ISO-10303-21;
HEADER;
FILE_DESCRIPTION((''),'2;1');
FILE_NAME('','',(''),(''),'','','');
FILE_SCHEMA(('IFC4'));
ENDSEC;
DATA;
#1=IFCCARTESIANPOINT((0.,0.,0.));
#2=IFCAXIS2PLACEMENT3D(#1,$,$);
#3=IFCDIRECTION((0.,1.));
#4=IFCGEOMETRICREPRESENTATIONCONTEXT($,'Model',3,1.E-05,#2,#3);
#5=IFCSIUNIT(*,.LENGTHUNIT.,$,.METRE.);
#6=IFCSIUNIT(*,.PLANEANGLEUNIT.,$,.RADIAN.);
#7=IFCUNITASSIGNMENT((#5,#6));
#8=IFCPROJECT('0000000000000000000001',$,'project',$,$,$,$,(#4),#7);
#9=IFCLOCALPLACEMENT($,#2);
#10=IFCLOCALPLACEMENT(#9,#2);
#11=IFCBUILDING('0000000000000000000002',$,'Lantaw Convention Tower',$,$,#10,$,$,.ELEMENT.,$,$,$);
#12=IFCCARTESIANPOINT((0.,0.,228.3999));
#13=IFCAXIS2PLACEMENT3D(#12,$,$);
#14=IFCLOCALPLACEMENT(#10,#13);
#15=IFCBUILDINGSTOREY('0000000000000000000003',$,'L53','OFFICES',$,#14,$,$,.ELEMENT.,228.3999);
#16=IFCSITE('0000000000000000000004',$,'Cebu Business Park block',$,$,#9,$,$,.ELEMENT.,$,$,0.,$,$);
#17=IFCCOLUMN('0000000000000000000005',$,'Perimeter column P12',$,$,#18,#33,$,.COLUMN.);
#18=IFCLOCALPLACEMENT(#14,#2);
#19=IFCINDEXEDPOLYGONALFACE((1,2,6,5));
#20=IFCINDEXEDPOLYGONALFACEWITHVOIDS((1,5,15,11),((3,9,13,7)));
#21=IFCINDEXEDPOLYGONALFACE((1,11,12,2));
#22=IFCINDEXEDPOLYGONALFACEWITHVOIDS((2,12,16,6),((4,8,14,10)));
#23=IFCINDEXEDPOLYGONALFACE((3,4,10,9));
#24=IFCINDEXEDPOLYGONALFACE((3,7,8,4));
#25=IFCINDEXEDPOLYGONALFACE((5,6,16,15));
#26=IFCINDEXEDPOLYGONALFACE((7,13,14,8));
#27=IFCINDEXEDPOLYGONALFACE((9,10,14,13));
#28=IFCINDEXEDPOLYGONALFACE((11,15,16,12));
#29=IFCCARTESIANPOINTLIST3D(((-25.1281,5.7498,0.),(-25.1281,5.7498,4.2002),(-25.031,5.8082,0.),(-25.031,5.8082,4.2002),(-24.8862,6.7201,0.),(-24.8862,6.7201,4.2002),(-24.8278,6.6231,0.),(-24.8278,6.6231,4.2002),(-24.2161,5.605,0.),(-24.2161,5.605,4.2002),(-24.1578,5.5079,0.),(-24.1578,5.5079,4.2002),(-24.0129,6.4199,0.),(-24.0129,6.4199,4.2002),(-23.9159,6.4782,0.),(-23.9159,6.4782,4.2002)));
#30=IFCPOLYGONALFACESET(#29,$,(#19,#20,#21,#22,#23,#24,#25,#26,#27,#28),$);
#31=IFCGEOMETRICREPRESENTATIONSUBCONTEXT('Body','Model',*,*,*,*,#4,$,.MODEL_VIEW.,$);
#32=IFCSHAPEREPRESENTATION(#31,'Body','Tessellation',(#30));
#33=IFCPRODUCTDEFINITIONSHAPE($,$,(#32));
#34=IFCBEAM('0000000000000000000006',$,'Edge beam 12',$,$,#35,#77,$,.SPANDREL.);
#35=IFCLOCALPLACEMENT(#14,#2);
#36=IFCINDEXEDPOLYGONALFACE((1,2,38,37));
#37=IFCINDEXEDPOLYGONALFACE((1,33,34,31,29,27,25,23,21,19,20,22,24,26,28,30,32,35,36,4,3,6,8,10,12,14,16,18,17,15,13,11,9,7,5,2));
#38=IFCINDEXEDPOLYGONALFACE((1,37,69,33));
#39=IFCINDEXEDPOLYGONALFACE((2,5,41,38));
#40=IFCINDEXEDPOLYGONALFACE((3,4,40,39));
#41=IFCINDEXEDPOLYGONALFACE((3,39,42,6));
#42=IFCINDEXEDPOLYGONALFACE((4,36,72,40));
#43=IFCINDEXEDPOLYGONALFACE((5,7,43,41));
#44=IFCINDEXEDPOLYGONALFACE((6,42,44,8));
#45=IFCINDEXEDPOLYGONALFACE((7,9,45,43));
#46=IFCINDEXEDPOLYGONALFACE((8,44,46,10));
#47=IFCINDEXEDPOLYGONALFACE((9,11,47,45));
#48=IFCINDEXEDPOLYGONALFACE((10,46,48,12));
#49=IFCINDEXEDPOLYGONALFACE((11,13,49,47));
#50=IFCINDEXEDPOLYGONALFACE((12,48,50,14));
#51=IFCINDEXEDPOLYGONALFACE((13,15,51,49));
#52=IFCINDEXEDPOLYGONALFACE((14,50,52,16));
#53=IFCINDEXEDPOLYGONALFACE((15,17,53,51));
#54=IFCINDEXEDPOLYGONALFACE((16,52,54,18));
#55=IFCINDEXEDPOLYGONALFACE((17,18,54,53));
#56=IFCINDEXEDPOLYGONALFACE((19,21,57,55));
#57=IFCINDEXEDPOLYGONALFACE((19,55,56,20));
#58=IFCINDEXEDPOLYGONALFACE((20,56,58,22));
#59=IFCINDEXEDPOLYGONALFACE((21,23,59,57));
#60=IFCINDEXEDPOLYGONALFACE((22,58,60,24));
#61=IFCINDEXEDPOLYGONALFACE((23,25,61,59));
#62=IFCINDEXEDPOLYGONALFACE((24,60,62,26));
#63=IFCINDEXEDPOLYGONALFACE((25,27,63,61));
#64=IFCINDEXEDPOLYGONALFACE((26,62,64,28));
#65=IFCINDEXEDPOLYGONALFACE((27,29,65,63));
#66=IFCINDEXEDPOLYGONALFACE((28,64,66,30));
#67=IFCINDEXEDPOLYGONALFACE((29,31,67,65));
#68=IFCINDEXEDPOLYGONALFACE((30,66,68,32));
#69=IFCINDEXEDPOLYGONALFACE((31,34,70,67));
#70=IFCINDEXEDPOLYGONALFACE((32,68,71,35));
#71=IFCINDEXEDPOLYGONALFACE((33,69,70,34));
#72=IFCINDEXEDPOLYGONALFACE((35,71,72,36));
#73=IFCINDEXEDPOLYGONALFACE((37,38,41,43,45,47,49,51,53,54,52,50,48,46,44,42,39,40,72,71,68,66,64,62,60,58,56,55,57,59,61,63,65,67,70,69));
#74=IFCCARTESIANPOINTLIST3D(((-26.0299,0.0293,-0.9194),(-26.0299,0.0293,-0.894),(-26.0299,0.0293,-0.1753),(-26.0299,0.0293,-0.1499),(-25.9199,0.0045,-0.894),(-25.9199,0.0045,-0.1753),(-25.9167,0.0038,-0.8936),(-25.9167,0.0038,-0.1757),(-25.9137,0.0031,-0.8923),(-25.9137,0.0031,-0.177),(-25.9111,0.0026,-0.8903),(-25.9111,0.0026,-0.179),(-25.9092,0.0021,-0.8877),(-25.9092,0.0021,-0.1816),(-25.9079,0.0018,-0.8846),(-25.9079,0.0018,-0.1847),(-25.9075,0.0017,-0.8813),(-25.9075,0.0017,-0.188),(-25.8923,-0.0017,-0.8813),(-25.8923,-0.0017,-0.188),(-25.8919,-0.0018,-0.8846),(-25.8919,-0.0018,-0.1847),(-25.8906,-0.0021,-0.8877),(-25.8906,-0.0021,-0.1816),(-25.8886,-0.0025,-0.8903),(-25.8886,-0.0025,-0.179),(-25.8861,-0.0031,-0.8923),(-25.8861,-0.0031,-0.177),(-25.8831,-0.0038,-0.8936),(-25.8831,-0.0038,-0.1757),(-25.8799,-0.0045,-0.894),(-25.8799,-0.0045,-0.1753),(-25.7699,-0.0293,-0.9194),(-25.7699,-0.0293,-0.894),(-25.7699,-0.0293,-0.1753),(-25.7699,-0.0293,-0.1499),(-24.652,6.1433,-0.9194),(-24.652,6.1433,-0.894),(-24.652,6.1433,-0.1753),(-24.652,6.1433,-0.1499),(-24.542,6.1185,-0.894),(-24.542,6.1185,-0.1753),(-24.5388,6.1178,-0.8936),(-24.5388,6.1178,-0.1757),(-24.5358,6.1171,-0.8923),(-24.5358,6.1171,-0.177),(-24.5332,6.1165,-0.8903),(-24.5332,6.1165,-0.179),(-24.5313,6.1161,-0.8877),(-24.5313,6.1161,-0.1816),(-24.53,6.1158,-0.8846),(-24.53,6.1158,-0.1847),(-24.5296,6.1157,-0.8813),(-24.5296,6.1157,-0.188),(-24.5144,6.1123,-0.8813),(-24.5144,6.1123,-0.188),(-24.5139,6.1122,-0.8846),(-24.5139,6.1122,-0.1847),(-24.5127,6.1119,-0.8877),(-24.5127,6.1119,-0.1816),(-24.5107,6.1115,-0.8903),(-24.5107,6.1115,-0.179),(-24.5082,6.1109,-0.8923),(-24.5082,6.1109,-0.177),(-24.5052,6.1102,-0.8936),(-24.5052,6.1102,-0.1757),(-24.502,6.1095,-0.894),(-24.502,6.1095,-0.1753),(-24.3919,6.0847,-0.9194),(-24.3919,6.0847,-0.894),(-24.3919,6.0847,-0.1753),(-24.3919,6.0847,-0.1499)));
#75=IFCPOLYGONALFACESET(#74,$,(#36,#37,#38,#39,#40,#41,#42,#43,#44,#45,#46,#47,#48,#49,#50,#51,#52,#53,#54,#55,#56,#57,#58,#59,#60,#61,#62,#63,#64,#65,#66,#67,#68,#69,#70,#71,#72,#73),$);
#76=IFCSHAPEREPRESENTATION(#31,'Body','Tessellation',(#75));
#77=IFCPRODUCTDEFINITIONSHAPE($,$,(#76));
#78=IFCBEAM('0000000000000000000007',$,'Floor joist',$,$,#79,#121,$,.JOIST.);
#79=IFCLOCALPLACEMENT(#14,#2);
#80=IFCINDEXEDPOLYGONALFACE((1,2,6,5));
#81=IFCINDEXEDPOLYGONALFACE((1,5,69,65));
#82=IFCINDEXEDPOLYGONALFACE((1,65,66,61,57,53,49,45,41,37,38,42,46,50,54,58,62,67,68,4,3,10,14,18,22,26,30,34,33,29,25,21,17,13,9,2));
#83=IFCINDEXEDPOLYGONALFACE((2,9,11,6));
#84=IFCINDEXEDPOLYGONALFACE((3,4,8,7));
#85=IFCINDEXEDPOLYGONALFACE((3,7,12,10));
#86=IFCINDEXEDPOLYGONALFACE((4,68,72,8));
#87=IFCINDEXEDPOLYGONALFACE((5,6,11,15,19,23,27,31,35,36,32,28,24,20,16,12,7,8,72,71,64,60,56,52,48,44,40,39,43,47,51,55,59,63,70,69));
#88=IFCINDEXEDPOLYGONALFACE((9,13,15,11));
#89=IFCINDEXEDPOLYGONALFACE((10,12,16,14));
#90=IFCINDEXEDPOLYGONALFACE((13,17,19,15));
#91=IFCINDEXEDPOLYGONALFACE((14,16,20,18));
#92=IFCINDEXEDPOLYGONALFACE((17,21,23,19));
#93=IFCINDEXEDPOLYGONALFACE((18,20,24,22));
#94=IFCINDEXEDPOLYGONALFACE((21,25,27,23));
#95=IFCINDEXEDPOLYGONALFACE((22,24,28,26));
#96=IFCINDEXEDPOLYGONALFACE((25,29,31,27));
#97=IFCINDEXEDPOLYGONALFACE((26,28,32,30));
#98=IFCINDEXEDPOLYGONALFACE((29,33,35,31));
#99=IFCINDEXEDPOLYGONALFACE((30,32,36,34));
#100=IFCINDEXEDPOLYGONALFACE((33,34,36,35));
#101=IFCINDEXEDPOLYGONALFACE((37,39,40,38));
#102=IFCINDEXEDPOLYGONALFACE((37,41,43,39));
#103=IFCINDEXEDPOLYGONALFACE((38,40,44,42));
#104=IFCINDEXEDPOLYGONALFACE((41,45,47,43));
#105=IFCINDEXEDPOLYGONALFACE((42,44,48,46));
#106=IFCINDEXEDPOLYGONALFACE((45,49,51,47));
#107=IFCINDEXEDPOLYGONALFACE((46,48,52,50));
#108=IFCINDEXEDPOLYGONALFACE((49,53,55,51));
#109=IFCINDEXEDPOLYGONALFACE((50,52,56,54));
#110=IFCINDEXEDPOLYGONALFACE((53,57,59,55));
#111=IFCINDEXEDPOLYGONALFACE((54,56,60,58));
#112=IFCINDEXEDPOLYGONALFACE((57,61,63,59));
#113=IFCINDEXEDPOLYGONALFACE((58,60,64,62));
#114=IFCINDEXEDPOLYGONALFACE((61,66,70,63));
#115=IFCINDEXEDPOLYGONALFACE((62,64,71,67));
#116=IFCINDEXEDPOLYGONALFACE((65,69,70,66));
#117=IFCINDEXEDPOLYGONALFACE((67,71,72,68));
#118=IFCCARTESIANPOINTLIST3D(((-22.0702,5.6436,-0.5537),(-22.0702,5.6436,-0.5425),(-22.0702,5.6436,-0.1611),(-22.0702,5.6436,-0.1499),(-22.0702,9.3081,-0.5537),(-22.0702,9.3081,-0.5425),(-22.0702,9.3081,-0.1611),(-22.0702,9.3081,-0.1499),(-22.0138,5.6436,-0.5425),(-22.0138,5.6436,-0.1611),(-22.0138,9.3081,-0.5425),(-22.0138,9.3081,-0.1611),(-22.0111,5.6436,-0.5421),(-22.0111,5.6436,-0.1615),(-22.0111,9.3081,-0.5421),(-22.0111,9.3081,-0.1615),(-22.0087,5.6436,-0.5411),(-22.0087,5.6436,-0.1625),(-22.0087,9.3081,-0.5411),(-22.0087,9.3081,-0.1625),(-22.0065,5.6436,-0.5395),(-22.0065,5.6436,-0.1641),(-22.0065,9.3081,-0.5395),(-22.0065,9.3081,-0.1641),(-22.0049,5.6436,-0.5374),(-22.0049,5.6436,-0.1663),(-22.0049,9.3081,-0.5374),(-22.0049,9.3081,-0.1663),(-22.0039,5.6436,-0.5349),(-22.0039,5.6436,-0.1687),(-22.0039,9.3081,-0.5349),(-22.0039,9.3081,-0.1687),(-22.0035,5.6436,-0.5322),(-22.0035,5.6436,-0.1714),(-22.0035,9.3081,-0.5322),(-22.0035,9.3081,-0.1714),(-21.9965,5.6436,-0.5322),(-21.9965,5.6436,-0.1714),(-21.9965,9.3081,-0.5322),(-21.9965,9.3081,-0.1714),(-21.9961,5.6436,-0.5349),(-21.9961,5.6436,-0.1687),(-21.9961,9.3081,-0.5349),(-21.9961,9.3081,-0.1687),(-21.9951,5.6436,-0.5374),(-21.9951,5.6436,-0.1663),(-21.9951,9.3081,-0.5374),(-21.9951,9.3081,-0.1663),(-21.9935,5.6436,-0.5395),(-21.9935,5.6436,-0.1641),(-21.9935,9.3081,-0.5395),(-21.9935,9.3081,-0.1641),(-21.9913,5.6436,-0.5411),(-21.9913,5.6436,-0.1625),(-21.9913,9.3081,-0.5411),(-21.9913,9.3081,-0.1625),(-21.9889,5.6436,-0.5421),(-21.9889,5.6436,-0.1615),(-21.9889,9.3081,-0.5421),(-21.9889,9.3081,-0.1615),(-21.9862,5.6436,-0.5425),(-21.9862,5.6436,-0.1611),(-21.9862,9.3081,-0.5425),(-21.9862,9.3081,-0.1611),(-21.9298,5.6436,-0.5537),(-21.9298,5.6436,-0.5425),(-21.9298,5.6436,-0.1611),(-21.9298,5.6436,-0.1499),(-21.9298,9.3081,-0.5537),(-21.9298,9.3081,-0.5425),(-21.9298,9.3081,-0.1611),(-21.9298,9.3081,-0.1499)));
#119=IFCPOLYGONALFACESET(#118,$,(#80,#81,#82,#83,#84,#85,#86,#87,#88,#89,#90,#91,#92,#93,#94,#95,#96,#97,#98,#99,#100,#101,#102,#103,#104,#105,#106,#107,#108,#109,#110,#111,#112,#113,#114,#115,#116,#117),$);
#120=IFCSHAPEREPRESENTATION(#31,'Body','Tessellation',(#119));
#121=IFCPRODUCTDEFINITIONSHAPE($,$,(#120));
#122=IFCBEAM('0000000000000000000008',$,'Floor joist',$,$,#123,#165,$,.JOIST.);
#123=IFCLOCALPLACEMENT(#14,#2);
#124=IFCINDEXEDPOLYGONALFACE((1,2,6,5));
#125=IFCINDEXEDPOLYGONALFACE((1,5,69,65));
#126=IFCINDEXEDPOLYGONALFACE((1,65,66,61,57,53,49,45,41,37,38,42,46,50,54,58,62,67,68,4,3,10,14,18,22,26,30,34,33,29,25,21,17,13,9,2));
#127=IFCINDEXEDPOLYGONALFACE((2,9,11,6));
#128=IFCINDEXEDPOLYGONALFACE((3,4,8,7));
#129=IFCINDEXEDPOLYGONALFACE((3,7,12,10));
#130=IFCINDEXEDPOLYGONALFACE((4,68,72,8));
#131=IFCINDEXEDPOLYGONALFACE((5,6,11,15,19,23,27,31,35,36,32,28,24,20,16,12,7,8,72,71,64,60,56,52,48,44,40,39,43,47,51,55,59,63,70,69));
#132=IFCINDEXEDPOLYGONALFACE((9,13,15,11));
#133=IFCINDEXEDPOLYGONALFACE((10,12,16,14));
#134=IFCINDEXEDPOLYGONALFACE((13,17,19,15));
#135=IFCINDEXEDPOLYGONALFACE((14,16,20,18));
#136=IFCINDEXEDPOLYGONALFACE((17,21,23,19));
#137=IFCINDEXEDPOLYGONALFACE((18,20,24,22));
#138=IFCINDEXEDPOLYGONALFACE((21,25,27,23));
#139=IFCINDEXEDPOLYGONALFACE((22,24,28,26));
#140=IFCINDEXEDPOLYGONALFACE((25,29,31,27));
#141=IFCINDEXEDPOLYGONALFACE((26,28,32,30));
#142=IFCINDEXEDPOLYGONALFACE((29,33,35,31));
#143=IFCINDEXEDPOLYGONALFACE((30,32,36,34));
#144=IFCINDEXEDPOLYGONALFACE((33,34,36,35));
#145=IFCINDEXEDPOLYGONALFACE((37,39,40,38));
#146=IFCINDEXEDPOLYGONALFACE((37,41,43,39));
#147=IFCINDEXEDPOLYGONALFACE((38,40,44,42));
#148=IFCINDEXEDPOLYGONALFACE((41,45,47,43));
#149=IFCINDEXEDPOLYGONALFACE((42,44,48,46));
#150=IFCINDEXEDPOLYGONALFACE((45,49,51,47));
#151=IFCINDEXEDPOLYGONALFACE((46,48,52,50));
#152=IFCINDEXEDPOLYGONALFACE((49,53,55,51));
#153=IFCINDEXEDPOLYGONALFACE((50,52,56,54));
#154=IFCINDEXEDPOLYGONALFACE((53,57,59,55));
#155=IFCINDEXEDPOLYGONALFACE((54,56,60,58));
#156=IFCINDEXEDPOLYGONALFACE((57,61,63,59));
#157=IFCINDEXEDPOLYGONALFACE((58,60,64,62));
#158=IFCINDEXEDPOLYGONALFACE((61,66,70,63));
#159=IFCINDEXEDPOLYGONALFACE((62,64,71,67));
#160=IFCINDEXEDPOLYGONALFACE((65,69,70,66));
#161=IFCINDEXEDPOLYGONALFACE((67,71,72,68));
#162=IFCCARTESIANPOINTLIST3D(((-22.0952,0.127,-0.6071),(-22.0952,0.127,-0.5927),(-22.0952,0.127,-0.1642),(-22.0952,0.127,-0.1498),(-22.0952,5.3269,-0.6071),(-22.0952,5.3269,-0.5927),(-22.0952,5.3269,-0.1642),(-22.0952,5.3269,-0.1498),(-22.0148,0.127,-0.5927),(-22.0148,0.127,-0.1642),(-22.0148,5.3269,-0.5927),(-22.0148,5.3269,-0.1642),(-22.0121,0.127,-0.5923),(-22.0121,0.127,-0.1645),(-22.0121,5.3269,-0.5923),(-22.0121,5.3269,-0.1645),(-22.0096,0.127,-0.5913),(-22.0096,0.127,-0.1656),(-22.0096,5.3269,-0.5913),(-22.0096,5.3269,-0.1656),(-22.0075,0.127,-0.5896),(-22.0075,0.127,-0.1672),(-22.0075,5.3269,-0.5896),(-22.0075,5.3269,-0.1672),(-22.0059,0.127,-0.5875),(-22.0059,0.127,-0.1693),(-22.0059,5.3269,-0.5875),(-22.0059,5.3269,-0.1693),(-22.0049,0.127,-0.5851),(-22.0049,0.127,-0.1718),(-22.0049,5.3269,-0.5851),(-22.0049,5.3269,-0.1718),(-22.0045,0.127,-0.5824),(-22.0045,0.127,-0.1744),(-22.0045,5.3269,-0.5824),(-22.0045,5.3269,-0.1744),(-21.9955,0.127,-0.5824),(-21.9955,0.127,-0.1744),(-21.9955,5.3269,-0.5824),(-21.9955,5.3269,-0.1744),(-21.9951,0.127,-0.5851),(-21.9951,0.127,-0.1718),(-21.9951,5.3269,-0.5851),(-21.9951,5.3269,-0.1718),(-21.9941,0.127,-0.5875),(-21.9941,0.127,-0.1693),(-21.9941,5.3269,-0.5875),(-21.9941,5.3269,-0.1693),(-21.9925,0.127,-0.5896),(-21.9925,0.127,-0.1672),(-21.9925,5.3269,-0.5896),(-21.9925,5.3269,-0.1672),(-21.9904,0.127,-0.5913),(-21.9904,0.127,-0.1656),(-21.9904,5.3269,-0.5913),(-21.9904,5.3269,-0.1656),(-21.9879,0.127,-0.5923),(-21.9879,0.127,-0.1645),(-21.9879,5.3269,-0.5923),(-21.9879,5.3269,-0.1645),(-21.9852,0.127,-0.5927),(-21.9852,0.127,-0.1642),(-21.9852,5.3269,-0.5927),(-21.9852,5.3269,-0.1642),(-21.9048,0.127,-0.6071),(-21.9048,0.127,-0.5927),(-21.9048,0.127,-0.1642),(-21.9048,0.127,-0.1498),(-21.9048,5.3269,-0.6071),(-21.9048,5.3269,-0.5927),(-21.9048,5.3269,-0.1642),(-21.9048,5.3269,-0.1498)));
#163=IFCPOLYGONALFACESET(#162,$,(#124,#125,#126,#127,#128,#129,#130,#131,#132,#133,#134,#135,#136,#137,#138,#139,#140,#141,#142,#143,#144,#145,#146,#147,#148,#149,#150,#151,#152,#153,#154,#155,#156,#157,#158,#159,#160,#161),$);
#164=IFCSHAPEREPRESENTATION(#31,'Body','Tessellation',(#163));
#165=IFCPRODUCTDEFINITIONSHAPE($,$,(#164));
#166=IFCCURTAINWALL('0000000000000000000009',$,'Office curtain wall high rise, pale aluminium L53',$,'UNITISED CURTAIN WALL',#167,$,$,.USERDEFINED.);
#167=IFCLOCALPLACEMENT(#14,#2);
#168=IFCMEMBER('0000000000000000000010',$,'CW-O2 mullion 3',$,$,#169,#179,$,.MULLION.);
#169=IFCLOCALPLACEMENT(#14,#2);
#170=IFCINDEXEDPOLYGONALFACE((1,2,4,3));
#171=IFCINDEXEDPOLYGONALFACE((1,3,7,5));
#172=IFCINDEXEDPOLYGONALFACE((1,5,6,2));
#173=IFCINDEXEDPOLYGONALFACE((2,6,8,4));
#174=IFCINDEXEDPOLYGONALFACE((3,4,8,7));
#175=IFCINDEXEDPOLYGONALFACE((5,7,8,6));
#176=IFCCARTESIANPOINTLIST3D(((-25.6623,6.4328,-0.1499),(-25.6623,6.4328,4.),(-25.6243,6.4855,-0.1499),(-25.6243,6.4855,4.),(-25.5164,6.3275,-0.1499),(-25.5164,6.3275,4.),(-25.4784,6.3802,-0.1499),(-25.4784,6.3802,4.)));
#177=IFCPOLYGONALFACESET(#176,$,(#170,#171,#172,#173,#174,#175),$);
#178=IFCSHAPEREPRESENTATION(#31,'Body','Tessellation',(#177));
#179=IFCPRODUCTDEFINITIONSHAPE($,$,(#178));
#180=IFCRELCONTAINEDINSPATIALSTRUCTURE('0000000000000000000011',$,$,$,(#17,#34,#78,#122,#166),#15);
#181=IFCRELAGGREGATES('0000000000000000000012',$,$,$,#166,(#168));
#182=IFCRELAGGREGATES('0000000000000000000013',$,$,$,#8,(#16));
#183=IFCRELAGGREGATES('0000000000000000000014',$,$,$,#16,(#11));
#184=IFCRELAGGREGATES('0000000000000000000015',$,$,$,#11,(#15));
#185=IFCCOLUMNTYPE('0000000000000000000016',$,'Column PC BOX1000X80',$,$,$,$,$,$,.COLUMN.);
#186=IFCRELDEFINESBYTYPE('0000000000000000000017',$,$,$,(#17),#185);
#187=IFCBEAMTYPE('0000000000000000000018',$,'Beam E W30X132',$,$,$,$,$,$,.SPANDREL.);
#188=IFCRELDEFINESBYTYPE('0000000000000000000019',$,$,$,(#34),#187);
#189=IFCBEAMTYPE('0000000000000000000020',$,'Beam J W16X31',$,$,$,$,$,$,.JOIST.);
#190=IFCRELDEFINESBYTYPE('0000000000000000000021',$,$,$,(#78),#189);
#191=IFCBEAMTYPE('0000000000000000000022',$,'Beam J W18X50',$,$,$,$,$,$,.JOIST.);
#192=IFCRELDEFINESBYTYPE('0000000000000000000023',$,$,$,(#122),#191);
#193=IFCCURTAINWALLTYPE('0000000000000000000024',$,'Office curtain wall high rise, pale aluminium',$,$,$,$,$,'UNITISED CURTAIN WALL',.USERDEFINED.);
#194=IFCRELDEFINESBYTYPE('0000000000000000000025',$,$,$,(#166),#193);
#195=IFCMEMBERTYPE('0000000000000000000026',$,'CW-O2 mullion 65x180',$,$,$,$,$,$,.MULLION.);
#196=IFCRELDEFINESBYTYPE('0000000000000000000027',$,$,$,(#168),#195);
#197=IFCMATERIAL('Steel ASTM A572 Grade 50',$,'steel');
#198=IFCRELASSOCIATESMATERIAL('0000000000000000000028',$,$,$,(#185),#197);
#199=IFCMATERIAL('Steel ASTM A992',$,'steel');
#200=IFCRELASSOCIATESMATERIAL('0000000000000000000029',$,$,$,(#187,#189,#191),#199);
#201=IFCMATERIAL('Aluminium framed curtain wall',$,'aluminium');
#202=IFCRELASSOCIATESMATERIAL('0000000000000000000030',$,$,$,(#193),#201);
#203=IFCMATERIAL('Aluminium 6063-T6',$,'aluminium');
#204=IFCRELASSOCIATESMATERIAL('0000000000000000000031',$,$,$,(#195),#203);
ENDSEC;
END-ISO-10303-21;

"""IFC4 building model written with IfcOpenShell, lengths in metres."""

from ifc_helpers import new_model, si_unit, direction, frame, origin, origin_2d, place, context, subcontext, project, spatial, rectangle, hollow_rectangle, i_section, extrude, material, material_profile, profile_set, type_object, element, aggregate, save


model = new_model("IFC4")

# Units and contexts
model_context = context("Model", 3, precision=1e-05, world=origin(), true_north=direction((0.0, 1.0)))
body_context = subcontext(model_context, "Body", "Model", "MODEL_VIEW")
ifc_project = project(units=[si_unit("LENGTHUNIT", "METRE"), si_unit("PLANEANGLEUNIT", "RADIAN")], contexts=[model_context])

# Site, building, storey
site_placement = place(None, origin())
site = spatial("IfcSite", under=ifc_project, at=site_placement, Name="Cebu Business Park block", CompositionType="ELEMENT", RefElevation=0.0)
building_placement = place(site_placement, origin())
building = spatial("IfcBuilding", under=site, at=building_placement, Name="Lantaw Convention Tower", CompositionType="ELEMENT")
storey_placement = place(building_placement, frame((0.0, 0.0, 228.3999)))
storey = spatial("IfcBuildingStorey", under=building, at=storey_placement, Name="L53", Description="OFFICES", CompositionType="ELEMENT", Elevation=228.3999)

# Column
ifc_material_1 = material(Name="Steel ASTM A572 Grade 50", Category="steel")
ifc_material_profile_1 = material_profile(ifc_material_1, hollow_rectangle(XDim=1.0, YDim=1.0, WallThickness=0.0801, at=origin_2d()), Name="BOX1000X80")
ifc_material_2 = material(Name="Concrete C60/75", Category="concrete")
ifc_material_profile_2 = material_profile(ifc_material_2, rectangle(XDim=0.8401, YDim=0.8401, at=origin_2d()), Name="Concrete fill of BOX1000X80")
ifc_profile_set_1 = profile_set([ifc_material_profile_1, ifc_material_profile_2], Name="Steel ASTM A572 Grade 50")
column_type = type_object("IfcColumnType", Name="Column PC BOX1000X80", PredefinedType="COLUMN", material=ifc_profile_set_1)
column_placement = place(storey_placement, frame((-24.522, 6.114, 0.0), z_axis=(0.0, 0.0, 1.0), x_axis=(0.241922, 0.970296, 0.0)))
element("IfcColumn", 1, at=column_placement, inside=storey, type_object=column_type, Name="Perimeter column P12", PredefinedType="COLUMN", context=body_context, shape_type="SweptSolid", body=[
    extrude(hollow_rectangle(XDim=1.0, YDim=1.0, WallThickness=0.0801, at=origin_2d()), origin(), (0.0, 0.0, 1.0), 4.2002),
])

# Beams
ifc_material_3 = material(Name="Steel ASTM A992", Category="steel")
ifc_material_profile_3 = material_profile(ifc_material_3, i_section(OverallWidth=0.2666, OverallDepth=0.7695, WebThickness=0.0156, FlangeThickness=0.0254, FilletRadius=0.0127, at=origin_2d()), Name="W30X132")
ifc_profile_set_2 = profile_set([ifc_material_profile_3], Name="Steel ASTM A992")
beam_type_1 = type_object("IfcBeamType", Name="Beam E W30X132", PredefinedType="SPANDREL", material=ifc_profile_set_2)
beam_1_placement = place(storey_placement, frame((-24.522, 6.114, -0.5347), z_axis=(-0.219858, -0.975532, 0.0), x_axis=(0.975532, -0.219858, 0.0)))
element("IfcBeam", 2, at=beam_1_placement, inside=storey, type_object=beam_type_1, Name="Edge beam 12", PredefinedType="SPANDREL", context=body_context, shape_type="SweptSolid", body=[
    extrude(i_section(OverallWidth=0.2666, OverallDepth=0.7695, WebThickness=0.0156, FlangeThickness=0.0254, FilletRadius=0.0127, at=origin_2d()), origin(), (0.0, 0.0, 1.0), 6.2673),
])
ifc_material_profile_4 = material_profile(ifc_material_3, i_section(OverallWidth=0.1404, OverallDepth=0.4038, WebThickness=0.0071, FlangeThickness=0.0112, FilletRadius=0.0103, at=origin_2d()), Name="W16X31")
ifc_profile_set_3 = profile_set([ifc_material_profile_4], Name="Steel ASTM A992")
beam_type_2 = type_object("IfcBeamType", Name="Beam J W16X31", PredefinedType="JOIST", material=ifc_profile_set_3)
beam_2_placement = place(storey_placement, frame((-22.0, 5.6436, -0.3518), z_axis=(0.0, 1.0, 0.0), x_axis=(-1.0, 0.0, 0.0)))
element("IfcBeam", 3, at=beam_2_placement, inside=storey, type_object=beam_type_2, Name="Floor joist", PredefinedType="JOIST", context=body_context, shape_type="SweptSolid", body=[
    extrude(i_section(OverallWidth=0.1404, OverallDepth=0.4038, WebThickness=0.0071, FlangeThickness=0.0112, FilletRadius=0.0103, at=origin_2d()), origin(), (0.0, 0.0, 1.0), 3.6646),
])
ifc_material_profile_5 = material_profile(ifc_material_3, i_section(OverallWidth=0.1904, OverallDepth=0.4573, WebThickness=0.009, FlangeThickness=0.0144, FilletRadius=0.0103, at=origin_2d()), Name="W18X50")
ifc_profile_set_4 = profile_set([ifc_material_profile_5], Name="Steel ASTM A992")
beam_type_3 = type_object("IfcBeamType", Name="Beam J W18X50", PredefinedType="JOIST", material=ifc_profile_set_4)
beam_3_placement = place(storey_placement, frame((-22.0, 0.127, -0.3784), z_axis=(0.0, 1.0, 0.0), x_axis=(-1.0, 0.0, 0.0)))
element("IfcBeam", 4, at=beam_3_placement, inside=storey, type_object=beam_type_3, Name="Floor joist", PredefinedType="JOIST", context=body_context, shape_type="SweptSolid", body=[
    extrude(i_section(OverallWidth=0.1904, OverallDepth=0.4573, WebThickness=0.009, FlangeThickness=0.0144, FilletRadius=0.0103, at=origin_2d()), origin(), (0.0, 0.0, 1.0), 5.2),
])

# Curtain wall, member
ifc_material_4 = material(Name="Aluminium framed curtain wall", Category="aluminium")
curtain_wall_type = type_object("IfcCurtainWallType", Name="Office curtain wall high rise, pale aluminium", ElementType="UNITISED CURTAIN WALL", PredefinedType="USERDEFINED", material=ifc_material_4)
curtain_wall_1_placement = place(storey_placement, origin())
curtain_wall_1 = element("IfcCurtainWall", 5, at=curtain_wall_1_placement, inside=storey, type_object=curtain_wall_type, Name="Office curtain wall high rise, pale aluminium L53", ObjectType="UNITISED CURTAIN WALL", PredefinedType="USERDEFINED")
ifc_material_5 = material(Name="Aluminium 6063-T6", Category="aluminium")
ifc_material_profile_6 = material_profile(ifc_material_5, rectangle(XDim=0.1799, YDim=0.0649, at=origin_2d()), Name="CW-O2 mullion 65x180")
ifc_profile_set_5 = profile_set([ifc_material_profile_6], Name="Aluminium 6063-T6")
member_type_1 = type_object("IfcMemberType", Name="CW-O2 mullion 65x180", PredefinedType="MULLION", material=ifc_profile_set_5)
member_1_placement = place(storey_placement, frame((-25.5703, 6.4065, -0.1499), z_axis=(0.0, 0.0, 1.0), x_axis=(0.81092, -0.585158, 0.0)))
member_1 = element("IfcMember", 6, at=member_1_placement, type_object=member_type_1, Name="CW-O2 mullion 3", PredefinedType="MULLION", context=body_context, shape_type="SweptSolid", body=[
    extrude(rectangle(XDim=0.1799, YDim=0.0649, at=origin_2d()), origin(), (0.0, 0.0, 1.0), 4.1499),
])

aggregate(curtain_wall_1, [member_1])

save(model, "model.ifc")
